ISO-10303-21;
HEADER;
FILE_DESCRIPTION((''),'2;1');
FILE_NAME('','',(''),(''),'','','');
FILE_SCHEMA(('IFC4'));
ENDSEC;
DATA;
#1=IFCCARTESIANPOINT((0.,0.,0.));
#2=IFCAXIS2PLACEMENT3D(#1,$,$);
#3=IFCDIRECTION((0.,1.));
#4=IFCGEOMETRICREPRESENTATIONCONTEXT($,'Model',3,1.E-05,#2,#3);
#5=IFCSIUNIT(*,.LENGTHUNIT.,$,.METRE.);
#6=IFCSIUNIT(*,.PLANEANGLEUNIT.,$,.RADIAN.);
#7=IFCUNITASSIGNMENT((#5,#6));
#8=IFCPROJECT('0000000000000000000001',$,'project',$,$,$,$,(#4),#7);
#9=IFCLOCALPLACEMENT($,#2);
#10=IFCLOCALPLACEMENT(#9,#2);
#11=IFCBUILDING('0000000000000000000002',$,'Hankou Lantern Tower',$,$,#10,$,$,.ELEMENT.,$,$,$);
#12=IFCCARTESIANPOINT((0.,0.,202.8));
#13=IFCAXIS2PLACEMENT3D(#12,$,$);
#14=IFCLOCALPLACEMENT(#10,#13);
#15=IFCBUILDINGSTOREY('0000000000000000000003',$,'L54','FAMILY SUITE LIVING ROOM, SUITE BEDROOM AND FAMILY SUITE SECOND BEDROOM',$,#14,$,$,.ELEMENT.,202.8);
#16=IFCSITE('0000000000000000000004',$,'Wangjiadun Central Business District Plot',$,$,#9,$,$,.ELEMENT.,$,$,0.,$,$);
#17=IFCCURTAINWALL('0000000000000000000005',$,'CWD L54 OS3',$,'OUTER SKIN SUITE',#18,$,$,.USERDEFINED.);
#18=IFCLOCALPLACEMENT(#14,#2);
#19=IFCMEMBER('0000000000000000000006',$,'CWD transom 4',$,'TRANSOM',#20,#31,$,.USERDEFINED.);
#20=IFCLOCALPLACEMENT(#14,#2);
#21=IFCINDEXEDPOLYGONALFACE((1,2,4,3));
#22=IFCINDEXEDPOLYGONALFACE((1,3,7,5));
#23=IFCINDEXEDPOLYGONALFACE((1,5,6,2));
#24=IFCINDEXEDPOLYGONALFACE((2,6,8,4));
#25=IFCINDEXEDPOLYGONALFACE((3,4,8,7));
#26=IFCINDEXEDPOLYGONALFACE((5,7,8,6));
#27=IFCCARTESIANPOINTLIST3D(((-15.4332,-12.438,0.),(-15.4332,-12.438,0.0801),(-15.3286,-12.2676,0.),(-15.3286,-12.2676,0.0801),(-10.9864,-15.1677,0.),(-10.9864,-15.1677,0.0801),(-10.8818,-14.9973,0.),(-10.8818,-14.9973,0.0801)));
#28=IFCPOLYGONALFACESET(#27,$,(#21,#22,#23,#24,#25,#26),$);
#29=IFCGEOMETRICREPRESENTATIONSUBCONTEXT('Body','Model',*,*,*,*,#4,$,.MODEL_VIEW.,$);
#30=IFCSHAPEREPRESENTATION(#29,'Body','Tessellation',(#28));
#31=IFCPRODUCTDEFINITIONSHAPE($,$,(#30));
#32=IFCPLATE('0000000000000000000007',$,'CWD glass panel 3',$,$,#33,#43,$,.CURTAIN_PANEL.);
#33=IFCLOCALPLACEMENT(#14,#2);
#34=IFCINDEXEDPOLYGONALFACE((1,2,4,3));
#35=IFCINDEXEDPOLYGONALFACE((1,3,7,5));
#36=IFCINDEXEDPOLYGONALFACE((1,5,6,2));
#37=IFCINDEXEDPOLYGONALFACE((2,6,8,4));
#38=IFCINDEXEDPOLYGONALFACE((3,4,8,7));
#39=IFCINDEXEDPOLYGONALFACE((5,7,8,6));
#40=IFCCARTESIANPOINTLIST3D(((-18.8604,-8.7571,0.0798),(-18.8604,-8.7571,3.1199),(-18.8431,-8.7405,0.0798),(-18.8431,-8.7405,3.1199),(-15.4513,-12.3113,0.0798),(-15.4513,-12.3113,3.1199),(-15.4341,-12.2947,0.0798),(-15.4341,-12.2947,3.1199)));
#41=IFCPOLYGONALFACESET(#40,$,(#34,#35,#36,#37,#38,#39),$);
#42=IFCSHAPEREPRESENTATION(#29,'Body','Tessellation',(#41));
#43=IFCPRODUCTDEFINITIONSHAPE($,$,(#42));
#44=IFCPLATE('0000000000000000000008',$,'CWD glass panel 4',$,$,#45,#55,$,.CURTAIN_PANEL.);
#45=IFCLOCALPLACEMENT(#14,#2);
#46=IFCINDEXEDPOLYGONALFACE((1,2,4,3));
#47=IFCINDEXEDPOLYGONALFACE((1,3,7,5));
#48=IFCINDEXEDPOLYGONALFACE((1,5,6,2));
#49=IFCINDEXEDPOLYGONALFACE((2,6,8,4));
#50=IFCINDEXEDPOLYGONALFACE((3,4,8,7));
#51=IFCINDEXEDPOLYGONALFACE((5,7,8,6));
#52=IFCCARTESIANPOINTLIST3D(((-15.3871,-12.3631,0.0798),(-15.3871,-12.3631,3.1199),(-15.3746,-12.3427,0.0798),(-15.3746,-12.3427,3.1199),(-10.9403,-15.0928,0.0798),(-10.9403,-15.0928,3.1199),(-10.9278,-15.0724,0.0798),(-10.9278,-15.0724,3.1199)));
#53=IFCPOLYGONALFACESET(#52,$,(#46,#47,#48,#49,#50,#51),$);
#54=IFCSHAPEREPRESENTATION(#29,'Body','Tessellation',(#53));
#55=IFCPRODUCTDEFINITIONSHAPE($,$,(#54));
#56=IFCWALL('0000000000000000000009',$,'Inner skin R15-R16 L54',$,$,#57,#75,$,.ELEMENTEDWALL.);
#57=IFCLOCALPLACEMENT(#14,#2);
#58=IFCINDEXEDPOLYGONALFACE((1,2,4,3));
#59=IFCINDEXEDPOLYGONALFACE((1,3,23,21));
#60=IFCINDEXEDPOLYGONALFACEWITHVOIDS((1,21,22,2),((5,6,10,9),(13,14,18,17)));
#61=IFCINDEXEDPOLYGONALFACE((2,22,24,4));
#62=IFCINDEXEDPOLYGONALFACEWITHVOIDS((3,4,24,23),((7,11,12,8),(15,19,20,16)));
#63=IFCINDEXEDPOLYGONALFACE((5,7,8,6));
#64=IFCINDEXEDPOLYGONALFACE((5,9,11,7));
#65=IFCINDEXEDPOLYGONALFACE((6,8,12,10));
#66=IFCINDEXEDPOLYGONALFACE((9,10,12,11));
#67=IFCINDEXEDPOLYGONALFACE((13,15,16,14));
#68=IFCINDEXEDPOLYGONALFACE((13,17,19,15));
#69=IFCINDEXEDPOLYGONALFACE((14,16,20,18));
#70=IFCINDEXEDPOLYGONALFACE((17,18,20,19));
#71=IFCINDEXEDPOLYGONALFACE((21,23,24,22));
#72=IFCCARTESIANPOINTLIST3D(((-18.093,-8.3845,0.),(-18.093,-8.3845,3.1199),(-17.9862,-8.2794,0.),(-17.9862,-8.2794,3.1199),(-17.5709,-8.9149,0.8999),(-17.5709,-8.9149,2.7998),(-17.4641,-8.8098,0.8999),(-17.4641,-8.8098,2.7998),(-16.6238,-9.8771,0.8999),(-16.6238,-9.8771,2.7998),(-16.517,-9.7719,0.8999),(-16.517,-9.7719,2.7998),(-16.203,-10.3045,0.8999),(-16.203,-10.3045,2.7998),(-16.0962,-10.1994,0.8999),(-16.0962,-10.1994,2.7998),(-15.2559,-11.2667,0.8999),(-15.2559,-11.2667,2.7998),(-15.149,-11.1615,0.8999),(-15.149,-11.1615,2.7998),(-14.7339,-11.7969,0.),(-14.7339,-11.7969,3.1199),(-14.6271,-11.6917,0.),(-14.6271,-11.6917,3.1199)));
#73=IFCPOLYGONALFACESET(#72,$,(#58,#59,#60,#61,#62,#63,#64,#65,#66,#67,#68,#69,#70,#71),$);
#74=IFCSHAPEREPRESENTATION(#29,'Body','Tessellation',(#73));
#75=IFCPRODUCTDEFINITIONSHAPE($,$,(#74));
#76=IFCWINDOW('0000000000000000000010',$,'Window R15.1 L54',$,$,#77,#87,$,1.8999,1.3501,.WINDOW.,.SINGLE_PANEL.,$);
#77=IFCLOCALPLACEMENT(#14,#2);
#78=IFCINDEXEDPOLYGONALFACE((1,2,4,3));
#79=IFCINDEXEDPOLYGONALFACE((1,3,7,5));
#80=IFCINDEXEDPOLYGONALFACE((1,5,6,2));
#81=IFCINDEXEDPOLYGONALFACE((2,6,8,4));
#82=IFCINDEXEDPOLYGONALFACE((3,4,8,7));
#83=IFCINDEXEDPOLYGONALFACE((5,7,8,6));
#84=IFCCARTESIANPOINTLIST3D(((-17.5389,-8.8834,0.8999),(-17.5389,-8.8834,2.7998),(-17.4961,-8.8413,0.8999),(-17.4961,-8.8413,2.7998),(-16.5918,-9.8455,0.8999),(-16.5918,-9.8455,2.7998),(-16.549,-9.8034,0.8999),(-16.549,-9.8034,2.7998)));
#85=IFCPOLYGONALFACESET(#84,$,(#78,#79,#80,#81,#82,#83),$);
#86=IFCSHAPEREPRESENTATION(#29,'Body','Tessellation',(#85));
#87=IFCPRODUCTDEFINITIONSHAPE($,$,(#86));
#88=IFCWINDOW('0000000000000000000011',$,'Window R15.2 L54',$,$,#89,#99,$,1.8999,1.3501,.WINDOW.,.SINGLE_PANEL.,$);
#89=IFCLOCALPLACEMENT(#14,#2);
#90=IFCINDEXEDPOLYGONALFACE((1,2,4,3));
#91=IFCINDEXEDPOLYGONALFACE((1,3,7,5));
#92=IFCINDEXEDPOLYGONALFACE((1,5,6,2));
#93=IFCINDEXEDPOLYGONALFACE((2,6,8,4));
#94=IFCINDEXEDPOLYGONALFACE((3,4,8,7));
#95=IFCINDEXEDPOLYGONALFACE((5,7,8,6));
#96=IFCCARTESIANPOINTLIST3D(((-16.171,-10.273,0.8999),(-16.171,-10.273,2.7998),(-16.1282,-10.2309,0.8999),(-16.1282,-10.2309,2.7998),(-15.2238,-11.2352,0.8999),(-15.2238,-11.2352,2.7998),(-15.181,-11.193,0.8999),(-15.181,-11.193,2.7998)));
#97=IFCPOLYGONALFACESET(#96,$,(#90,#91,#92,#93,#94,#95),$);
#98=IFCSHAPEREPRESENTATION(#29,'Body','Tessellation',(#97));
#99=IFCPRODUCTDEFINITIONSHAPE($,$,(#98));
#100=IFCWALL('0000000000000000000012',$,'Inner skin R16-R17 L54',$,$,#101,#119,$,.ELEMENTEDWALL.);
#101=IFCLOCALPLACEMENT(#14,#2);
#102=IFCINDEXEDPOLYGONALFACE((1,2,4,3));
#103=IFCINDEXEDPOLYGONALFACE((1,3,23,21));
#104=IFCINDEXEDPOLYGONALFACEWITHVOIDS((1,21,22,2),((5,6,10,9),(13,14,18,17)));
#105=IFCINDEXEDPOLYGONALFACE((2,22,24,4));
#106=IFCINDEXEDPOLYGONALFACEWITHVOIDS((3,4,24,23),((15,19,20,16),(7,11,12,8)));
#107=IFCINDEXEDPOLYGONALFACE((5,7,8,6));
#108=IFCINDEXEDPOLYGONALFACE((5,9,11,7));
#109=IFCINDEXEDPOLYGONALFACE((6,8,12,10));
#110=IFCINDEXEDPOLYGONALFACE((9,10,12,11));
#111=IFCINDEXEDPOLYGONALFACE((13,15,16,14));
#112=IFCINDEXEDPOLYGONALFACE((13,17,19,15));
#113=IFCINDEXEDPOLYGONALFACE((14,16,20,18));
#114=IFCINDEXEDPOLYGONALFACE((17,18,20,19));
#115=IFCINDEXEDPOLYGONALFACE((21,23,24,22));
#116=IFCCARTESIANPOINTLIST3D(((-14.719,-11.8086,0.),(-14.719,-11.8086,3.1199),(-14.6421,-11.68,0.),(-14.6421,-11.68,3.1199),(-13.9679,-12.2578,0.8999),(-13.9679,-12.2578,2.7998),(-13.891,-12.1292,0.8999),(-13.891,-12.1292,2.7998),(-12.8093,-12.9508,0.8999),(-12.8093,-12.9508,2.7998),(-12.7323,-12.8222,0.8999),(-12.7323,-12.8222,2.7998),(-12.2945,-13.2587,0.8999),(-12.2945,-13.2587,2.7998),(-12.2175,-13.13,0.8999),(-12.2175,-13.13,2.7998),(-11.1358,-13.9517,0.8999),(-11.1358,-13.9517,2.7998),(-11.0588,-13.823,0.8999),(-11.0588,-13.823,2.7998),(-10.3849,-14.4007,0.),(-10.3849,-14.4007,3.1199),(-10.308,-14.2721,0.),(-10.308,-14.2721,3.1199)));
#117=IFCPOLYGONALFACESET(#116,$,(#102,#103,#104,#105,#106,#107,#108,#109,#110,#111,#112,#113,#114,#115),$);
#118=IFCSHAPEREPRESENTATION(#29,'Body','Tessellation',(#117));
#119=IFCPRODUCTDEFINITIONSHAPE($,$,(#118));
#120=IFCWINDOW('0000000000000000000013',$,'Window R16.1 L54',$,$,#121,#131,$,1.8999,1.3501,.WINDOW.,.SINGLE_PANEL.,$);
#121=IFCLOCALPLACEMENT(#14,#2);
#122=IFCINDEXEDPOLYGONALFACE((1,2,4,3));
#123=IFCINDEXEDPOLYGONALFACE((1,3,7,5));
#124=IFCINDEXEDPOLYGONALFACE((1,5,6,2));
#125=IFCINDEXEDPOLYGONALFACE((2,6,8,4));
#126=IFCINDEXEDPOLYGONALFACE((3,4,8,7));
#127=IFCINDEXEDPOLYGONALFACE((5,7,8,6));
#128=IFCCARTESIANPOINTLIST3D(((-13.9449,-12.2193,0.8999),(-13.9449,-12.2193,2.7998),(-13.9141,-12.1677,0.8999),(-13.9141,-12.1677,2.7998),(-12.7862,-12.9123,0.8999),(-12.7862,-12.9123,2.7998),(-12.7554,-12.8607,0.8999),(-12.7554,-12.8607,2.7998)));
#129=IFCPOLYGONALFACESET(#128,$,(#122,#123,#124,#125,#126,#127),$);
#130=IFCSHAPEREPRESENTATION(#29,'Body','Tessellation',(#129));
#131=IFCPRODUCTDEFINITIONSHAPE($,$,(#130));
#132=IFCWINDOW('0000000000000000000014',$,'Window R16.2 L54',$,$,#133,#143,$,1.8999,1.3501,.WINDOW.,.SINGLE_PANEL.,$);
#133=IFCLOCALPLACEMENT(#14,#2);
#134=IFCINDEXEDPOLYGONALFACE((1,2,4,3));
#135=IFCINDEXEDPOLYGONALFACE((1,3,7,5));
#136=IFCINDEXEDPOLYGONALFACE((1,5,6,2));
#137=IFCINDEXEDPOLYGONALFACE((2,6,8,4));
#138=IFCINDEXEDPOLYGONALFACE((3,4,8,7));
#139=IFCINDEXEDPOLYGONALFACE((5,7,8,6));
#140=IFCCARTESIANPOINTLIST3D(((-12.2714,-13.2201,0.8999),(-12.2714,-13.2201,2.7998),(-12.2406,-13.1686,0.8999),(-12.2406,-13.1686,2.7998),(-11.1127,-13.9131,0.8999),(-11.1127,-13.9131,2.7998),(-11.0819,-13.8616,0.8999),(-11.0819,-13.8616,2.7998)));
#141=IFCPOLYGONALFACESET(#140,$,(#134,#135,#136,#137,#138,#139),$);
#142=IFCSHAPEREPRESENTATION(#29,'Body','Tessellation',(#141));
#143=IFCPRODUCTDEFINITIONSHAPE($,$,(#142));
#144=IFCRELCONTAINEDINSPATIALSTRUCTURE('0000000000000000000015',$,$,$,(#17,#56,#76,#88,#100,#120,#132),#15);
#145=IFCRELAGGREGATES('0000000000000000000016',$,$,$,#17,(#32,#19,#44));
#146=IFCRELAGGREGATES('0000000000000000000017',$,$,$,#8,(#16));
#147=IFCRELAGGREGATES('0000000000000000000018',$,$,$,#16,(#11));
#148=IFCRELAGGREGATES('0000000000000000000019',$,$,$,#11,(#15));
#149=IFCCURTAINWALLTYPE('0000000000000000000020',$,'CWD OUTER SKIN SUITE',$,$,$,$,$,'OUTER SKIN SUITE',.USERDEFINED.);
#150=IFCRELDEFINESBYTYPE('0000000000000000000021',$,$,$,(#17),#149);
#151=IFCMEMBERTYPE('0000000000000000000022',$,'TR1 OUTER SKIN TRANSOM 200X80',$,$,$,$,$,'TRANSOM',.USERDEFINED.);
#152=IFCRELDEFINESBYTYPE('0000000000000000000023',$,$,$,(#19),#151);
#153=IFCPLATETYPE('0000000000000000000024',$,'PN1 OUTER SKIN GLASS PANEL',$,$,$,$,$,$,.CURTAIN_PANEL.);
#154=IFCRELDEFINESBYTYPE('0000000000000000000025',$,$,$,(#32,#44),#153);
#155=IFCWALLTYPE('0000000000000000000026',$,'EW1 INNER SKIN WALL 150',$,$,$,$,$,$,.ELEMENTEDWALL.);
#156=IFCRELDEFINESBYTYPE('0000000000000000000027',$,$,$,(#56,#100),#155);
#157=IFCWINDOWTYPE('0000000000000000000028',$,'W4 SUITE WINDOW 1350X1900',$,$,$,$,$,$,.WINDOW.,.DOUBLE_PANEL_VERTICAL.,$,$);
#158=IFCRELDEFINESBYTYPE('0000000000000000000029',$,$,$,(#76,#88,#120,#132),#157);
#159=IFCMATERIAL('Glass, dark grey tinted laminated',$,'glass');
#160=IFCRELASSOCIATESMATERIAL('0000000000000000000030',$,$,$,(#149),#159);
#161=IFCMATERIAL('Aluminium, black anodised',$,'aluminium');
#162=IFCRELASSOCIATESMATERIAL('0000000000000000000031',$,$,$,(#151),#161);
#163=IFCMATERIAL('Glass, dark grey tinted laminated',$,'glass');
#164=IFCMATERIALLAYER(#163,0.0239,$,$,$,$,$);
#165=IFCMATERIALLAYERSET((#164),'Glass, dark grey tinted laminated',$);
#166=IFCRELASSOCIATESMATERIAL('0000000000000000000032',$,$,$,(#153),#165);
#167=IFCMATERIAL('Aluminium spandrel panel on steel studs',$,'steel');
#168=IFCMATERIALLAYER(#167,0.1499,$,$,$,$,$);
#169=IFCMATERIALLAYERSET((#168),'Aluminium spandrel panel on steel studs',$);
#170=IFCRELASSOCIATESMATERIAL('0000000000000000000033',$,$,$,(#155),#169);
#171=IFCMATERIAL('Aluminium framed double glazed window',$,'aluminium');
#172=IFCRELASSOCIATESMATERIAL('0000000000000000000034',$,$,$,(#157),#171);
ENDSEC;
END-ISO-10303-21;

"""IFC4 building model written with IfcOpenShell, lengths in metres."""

from ifc_helpers import new_model, si_unit, direction, frame, frame_2d, origin, origin_2d, place, context, subcontext, project, spatial, rectangle, extrude, material, layer, layer_set, material_profile, profile_set, type_object, element, fill, aggregate, save


model = new_model("IFC4")

# Units and contexts
model_context = context("Model", 3, precision=1e-05, world=origin(), true_north=direction((0.0, 1.0)))
body_context = subcontext(model_context, "Body", "Model", "MODEL_VIEW")
ifc_project = project(units=[si_unit("LENGTHUNIT", "METRE"), si_unit("PLANEANGLEUNIT", "RADIAN")], contexts=[model_context])

# Site, building, storey
site_placement = place(None, origin())
site = spatial("IfcSite", under=ifc_project, at=site_placement, Name="Wangjiadun Central Business District Plot", CompositionType="ELEMENT", RefElevation=0.0)
building_placement = place(site_placement, origin())
building = spatial("IfcBuilding", under=site, at=building_placement, Name="Hankou Lantern Tower", CompositionType="ELEMENT")
storey_placement = place(building_placement, frame((0.0, 0.0, 202.8)))
storey = spatial("IfcBuildingStorey", under=building, at=storey_placement, Name="L54", Description="FAMILY SUITE LIVING ROOM, SUITE BEDROOM AND FAMILY SUITE SECOND BEDROOM", CompositionType="ELEMENT", Elevation=202.8)

# Curtain wall
ifc_material_1 = material(Name="Glass, dark grey tinted laminated", Category="glass")
curtain_wall_type = type_object("IfcCurtainWallType", Name="CWD OUTER SKIN SUITE", ElementType="OUTER SKIN SUITE", PredefinedType="USERDEFINED", material=ifc_material_1)
curtain_wall_placement = place(storey_placement, origin())
curtain_wall = element("IfcCurtainWall", 1, at=curtain_wall_placement, inside=storey, type_object=curtain_wall_type, Name="CWD L54 OS3", ObjectType="OUTER SKIN SUITE", PredefinedType="USERDEFINED")

# Member
ifc_material_2 = material(Name="Aluminium, black anodised", Category="aluminium")
ifc_material_profile_1 = material_profile(ifc_material_2, rectangle(XDim=0.2, YDim=0.0801, at=origin_2d()), Name="TR1 200X80")
ifc_profile_set_1 = profile_set([ifc_material_profile_1], Name="Aluminium, black anodised")
member_type_1 = type_object("IfcMemberType", Name="TR1 OUTER SKIN TRANSOM 200X80", ElementType="TRANSOM", PredefinedType="USERDEFINED", material=ifc_profile_set_1)
member_1_placement = place(storey_placement, frame((-15.3809, -12.3528, 0.04), z_axis=(0.852235, -0.52316, 0.0), x_axis=(0.52316, 0.852235, 0.0)))
member_1 = element("IfcMember", 2, at=member_1_placement, type_object=member_type_1, Name="CWD transom 4", ObjectType="TRANSOM", PredefinedType="USERDEFINED", context=body_context, shape_type="SweptSolid", body=[
    extrude(rectangle(XDim=0.2, YDim=0.0801, at=origin_2d()), origin(), (0.0, 0.0, 1.0), 5.2178),
])

# Plates
ifc_material_3 = material(Name="Glass, dark grey tinted laminated", Category="glass")
ifc_layer_1 = layer(ifc_material_3, 0.0239)
ifc_layer_set_1 = layer_set([ifc_layer_1], Name="Glass, dark grey tinted laminated")
plate_type = type_object("IfcPlateType", Name="PN1 OUTER SKIN GLASS PANEL", PredefinedType="CURTAIN_PANEL", material=ifc_layer_set_1)
plate_1_placement = place(storey_placement, frame((-17.1472, -10.5259, 0.0798), z_axis=(0.0, 0.0, 1.0), x_axis=(0.692216, -0.721691, 0.0)))
plate_1 = element("IfcPlate", 3, at=plate_1_placement, type_object=plate_type, Name="CWD glass panel 3", PredefinedType="CURTAIN_PANEL", context=body_context, shape_type="SweptSolid", body=[
    extrude(rectangle(XDim=4.9248, YDim=0.0239, at=origin_2d()), origin(), (0.0, 0.0, 1.0), 3.04),
])
plate_2_placement = place(storey_placement, frame((-13.1575, -13.7178, 0.0798), z_axis=(0.0, 0.0, 1.0), x_axis=(0.852237, -0.523156, 0.0)))
plate_2 = element("IfcPlate", 4, at=plate_2_placement, type_object=plate_type, Name="CWD glass panel 4", PredefinedType="CURTAIN_PANEL", context=body_context, shape_type="SweptSolid", body=[
    extrude(rectangle(XDim=5.2178, YDim=0.0239, at=origin_2d()), origin(), (0.0, 0.0, 1.0), 3.04),
])
aggregate(curtain_wall, [plate_1, member_1, plate_2])

# Walls, openings, windows
ifc_material_4 = material(Name="Aluminium spandrel panel on steel studs", Category="steel")
ifc_layer_2 = layer(ifc_material_4, 0.1499)
ifc_layer_set_2 = layer_set([ifc_layer_2], Name="Aluminium spandrel panel on steel studs")
wall_type_1 = type_object("IfcWallType", Name="EW1 INNER SKIN WALL 150", PredefinedType="ELEMENTEDWALL", material=ifc_layer_set_2)
wall_1_placement = place(storey_placement, frame((-18.0396, -8.332, 0.0), z_axis=(0.0, 0.0, 1.0), x_axis=(0.701527, -0.712643, 0.0)))
wall_1 = element("IfcWall", 5, at=wall_1_placement, inside=storey, type_object=wall_type_1, Name="Inner skin R15-R16 L54", PredefinedType="ELEMENTEDWALL", context=body_context, shape_type="SweptSolid", body=[
    extrude(rectangle(XDim=4.7883, YDim=0.1499, at=frame_2d((2.394, 0.0))), origin(), (0.0, 0.0, 1.0), 3.1199),
])
opening_1_placement = place(wall_1_placement, frame((0.7441, 0.0, 0.8999)))
opening_1 = element("IfcOpeningElement", 6, at=opening_1_placement, cuts=wall_1, PredefinedType="OPENING", context=body_context, shape_type="SweptSolid", body=[
    extrude(rectangle(XDim=1.3501, YDim=1.8999, at=frame_2d((0.675, 0.95))), frame((0.0, 0.085, 0.0), z_axis=(0.0, -1.0, 0.0), x_axis=(1.0, 0.0, 0.0)), (0.0, 0.0, 1.0), 0.1699),
])
opening_2_placement = place(wall_1_placement, frame((2.6941, 0.0, 0.8999)))
opening_2 = element("IfcOpeningElement", 7, at=opening_2_placement, cuts=wall_1, PredefinedType="OPENING", context=body_context, shape_type="SweptSolid", body=[
    extrude(rectangle(XDim=1.3501, YDim=1.8999, at=frame_2d((0.675, 0.95))), frame((0.0, 0.085, 0.0), z_axis=(0.0, -1.0, 0.0), x_axis=(1.0, 0.0, 0.0)), (0.0, 0.0, 1.0), 0.1699),
])
ifc_material_5 = material(Name="Aluminium framed double glazed window", Category="aluminium")
window_type = type_object("IfcWindowType", Name="W4 SUITE WINDOW 1350X1900", PartitioningType="DOUBLE_PANEL_VERTICAL", PredefinedType="WINDOW", material=ifc_material_5)
window_1_placement = place(opening_1_placement, origin())
window_1 = element("IfcWindow", 8, at=window_1_placement, inside=storey, type_object=window_type, Name="Window R15.1 L54", OverallHeight=1.8999, OverallWidth=1.3501, PartitioningType="SINGLE_PANEL", PredefinedType="WINDOW", context=body_context, shape_type="SweptSolid", body=[
    extrude(rectangle(XDim=1.3501, YDim=1.8999, at=frame_2d((0.675, 0.95))), frame((0.0, 0.03, 0.0), z_axis=(0.0, -1.0, 0.0), x_axis=(1.0, 0.0, 0.0)), (0.0, 0.0, 1.0), 0.0601),
])
fill(opening_1, window_1)
window_2_placement = place(opening_2_placement, origin())
window_2 = element("IfcWindow", 9, at=window_2_placement, inside=storey, type_object=window_type, Name="Window R15.2 L54", OverallHeight=1.8999, OverallWidth=1.3501, PartitioningType="SINGLE_PANEL", PredefinedType="WINDOW", context=body_context, shape_type="SweptSolid", body=[
    extrude(rectangle(XDim=1.3501, YDim=1.8999, at=frame_2d((0.675, 0.95))), frame((0.0, 0.03, 0.0), z_axis=(0.0, -1.0, 0.0), x_axis=(1.0, 0.0, 0.0)), (0.0, 0.0, 1.0), 0.0601),
])
fill(opening_2, window_2)
wall_2_placement = place(storey_placement, frame((-14.6804, -11.7444, 0.0), z_axis=(0.0, 0.0, 1.0), x_axis=(0.858222, -0.51328, 0.0)))
wall_2 = element("IfcWall", 10, at=wall_2_placement, inside=storey, type_object=wall_type_1, Name="Inner skin R16-R17 L54", PredefinedType="ELEMENTEDWALL", context=body_context, shape_type="SweptSolid", body=[
    extrude(rectangle(XDim=5.05, YDim=0.1499, at=frame_2d((2.5249, 0.0))), origin(), (0.0, 0.0, 1.0), 3.1199),
])
opening_3_placement = place(wall_2_placement, frame((0.875, 0.0, 0.8999)))
opening_3 = element("IfcOpeningElement", 11, at=opening_3_placement, cuts=wall_2, PredefinedType="OPENING", context=body_context, shape_type="SweptSolid", body=[
    extrude(rectangle(XDim=1.3501, YDim=1.8999, at=frame_2d((0.675, 0.95))), frame((0.0, 0.085, 0.0), z_axis=(0.0, -1.0, 0.0), x_axis=(1.0, 0.0, 0.0)), (0.0, 0.0, 1.0), 0.1699),
])
opening_4_placement = place(wall_2_placement, frame((2.825, 0.0, 0.8999)))
opening_4 = element("IfcOpeningElement", 12, at=opening_4_placement, cuts=wall_2, PredefinedType="OPENING", context=body_context, shape_type="SweptSolid", body=[
    extrude(rectangle(XDim=1.3501, YDim=1.8999, at=frame_2d((0.675, 0.95))), frame((0.0, 0.085, 0.0), z_axis=(0.0, -1.0, 0.0), x_axis=(1.0, 0.0, 0.0)), (0.0, 0.0, 1.0), 0.1699),
])
window_3_placement = place(opening_3_placement, origin())
window_3 = element("IfcWindow", 13, at=window_3_placement, inside=storey, type_object=window_type, Name="Window R16.1 L54", OverallHeight=1.8999, OverallWidth=1.3501, PartitioningType="SINGLE_PANEL", PredefinedType="WINDOW", context=body_context, shape_type="SweptSolid", body=[
    extrude(rectangle(XDim=1.3501, YDim=1.8999, at=frame_2d((0.675, 0.95))), frame((0.0, 0.03, 0.0), z_axis=(0.0, -1.0, 0.0), x_axis=(1.0, 0.0, 0.0)), (0.0, 0.0, 1.0), 0.0601),
])
fill(opening_3, window_3)
window_4_placement = place(opening_4_placement, origin())
window_4 = element("IfcWindow", 14, at=window_4_placement, inside=storey, type_object=window_type, Name="Window R16.2 L54", OverallHeight=1.8999, OverallWidth=1.3501, PartitioningType="SINGLE_PANEL", PredefinedType="WINDOW", context=body_context, shape_type="SweptSolid", body=[
    extrude(rectangle(XDim=1.3501, YDim=1.8999, at=frame_2d((0.675, 0.95))), frame((0.0, 0.03, 0.0), z_axis=(0.0, -1.0, 0.0), x_axis=(1.0, 0.0, 0.0)), (0.0, 0.0, 1.0), 0.0601),
])
fill(opening_4, window_4)

save(model, "model.ifc")
